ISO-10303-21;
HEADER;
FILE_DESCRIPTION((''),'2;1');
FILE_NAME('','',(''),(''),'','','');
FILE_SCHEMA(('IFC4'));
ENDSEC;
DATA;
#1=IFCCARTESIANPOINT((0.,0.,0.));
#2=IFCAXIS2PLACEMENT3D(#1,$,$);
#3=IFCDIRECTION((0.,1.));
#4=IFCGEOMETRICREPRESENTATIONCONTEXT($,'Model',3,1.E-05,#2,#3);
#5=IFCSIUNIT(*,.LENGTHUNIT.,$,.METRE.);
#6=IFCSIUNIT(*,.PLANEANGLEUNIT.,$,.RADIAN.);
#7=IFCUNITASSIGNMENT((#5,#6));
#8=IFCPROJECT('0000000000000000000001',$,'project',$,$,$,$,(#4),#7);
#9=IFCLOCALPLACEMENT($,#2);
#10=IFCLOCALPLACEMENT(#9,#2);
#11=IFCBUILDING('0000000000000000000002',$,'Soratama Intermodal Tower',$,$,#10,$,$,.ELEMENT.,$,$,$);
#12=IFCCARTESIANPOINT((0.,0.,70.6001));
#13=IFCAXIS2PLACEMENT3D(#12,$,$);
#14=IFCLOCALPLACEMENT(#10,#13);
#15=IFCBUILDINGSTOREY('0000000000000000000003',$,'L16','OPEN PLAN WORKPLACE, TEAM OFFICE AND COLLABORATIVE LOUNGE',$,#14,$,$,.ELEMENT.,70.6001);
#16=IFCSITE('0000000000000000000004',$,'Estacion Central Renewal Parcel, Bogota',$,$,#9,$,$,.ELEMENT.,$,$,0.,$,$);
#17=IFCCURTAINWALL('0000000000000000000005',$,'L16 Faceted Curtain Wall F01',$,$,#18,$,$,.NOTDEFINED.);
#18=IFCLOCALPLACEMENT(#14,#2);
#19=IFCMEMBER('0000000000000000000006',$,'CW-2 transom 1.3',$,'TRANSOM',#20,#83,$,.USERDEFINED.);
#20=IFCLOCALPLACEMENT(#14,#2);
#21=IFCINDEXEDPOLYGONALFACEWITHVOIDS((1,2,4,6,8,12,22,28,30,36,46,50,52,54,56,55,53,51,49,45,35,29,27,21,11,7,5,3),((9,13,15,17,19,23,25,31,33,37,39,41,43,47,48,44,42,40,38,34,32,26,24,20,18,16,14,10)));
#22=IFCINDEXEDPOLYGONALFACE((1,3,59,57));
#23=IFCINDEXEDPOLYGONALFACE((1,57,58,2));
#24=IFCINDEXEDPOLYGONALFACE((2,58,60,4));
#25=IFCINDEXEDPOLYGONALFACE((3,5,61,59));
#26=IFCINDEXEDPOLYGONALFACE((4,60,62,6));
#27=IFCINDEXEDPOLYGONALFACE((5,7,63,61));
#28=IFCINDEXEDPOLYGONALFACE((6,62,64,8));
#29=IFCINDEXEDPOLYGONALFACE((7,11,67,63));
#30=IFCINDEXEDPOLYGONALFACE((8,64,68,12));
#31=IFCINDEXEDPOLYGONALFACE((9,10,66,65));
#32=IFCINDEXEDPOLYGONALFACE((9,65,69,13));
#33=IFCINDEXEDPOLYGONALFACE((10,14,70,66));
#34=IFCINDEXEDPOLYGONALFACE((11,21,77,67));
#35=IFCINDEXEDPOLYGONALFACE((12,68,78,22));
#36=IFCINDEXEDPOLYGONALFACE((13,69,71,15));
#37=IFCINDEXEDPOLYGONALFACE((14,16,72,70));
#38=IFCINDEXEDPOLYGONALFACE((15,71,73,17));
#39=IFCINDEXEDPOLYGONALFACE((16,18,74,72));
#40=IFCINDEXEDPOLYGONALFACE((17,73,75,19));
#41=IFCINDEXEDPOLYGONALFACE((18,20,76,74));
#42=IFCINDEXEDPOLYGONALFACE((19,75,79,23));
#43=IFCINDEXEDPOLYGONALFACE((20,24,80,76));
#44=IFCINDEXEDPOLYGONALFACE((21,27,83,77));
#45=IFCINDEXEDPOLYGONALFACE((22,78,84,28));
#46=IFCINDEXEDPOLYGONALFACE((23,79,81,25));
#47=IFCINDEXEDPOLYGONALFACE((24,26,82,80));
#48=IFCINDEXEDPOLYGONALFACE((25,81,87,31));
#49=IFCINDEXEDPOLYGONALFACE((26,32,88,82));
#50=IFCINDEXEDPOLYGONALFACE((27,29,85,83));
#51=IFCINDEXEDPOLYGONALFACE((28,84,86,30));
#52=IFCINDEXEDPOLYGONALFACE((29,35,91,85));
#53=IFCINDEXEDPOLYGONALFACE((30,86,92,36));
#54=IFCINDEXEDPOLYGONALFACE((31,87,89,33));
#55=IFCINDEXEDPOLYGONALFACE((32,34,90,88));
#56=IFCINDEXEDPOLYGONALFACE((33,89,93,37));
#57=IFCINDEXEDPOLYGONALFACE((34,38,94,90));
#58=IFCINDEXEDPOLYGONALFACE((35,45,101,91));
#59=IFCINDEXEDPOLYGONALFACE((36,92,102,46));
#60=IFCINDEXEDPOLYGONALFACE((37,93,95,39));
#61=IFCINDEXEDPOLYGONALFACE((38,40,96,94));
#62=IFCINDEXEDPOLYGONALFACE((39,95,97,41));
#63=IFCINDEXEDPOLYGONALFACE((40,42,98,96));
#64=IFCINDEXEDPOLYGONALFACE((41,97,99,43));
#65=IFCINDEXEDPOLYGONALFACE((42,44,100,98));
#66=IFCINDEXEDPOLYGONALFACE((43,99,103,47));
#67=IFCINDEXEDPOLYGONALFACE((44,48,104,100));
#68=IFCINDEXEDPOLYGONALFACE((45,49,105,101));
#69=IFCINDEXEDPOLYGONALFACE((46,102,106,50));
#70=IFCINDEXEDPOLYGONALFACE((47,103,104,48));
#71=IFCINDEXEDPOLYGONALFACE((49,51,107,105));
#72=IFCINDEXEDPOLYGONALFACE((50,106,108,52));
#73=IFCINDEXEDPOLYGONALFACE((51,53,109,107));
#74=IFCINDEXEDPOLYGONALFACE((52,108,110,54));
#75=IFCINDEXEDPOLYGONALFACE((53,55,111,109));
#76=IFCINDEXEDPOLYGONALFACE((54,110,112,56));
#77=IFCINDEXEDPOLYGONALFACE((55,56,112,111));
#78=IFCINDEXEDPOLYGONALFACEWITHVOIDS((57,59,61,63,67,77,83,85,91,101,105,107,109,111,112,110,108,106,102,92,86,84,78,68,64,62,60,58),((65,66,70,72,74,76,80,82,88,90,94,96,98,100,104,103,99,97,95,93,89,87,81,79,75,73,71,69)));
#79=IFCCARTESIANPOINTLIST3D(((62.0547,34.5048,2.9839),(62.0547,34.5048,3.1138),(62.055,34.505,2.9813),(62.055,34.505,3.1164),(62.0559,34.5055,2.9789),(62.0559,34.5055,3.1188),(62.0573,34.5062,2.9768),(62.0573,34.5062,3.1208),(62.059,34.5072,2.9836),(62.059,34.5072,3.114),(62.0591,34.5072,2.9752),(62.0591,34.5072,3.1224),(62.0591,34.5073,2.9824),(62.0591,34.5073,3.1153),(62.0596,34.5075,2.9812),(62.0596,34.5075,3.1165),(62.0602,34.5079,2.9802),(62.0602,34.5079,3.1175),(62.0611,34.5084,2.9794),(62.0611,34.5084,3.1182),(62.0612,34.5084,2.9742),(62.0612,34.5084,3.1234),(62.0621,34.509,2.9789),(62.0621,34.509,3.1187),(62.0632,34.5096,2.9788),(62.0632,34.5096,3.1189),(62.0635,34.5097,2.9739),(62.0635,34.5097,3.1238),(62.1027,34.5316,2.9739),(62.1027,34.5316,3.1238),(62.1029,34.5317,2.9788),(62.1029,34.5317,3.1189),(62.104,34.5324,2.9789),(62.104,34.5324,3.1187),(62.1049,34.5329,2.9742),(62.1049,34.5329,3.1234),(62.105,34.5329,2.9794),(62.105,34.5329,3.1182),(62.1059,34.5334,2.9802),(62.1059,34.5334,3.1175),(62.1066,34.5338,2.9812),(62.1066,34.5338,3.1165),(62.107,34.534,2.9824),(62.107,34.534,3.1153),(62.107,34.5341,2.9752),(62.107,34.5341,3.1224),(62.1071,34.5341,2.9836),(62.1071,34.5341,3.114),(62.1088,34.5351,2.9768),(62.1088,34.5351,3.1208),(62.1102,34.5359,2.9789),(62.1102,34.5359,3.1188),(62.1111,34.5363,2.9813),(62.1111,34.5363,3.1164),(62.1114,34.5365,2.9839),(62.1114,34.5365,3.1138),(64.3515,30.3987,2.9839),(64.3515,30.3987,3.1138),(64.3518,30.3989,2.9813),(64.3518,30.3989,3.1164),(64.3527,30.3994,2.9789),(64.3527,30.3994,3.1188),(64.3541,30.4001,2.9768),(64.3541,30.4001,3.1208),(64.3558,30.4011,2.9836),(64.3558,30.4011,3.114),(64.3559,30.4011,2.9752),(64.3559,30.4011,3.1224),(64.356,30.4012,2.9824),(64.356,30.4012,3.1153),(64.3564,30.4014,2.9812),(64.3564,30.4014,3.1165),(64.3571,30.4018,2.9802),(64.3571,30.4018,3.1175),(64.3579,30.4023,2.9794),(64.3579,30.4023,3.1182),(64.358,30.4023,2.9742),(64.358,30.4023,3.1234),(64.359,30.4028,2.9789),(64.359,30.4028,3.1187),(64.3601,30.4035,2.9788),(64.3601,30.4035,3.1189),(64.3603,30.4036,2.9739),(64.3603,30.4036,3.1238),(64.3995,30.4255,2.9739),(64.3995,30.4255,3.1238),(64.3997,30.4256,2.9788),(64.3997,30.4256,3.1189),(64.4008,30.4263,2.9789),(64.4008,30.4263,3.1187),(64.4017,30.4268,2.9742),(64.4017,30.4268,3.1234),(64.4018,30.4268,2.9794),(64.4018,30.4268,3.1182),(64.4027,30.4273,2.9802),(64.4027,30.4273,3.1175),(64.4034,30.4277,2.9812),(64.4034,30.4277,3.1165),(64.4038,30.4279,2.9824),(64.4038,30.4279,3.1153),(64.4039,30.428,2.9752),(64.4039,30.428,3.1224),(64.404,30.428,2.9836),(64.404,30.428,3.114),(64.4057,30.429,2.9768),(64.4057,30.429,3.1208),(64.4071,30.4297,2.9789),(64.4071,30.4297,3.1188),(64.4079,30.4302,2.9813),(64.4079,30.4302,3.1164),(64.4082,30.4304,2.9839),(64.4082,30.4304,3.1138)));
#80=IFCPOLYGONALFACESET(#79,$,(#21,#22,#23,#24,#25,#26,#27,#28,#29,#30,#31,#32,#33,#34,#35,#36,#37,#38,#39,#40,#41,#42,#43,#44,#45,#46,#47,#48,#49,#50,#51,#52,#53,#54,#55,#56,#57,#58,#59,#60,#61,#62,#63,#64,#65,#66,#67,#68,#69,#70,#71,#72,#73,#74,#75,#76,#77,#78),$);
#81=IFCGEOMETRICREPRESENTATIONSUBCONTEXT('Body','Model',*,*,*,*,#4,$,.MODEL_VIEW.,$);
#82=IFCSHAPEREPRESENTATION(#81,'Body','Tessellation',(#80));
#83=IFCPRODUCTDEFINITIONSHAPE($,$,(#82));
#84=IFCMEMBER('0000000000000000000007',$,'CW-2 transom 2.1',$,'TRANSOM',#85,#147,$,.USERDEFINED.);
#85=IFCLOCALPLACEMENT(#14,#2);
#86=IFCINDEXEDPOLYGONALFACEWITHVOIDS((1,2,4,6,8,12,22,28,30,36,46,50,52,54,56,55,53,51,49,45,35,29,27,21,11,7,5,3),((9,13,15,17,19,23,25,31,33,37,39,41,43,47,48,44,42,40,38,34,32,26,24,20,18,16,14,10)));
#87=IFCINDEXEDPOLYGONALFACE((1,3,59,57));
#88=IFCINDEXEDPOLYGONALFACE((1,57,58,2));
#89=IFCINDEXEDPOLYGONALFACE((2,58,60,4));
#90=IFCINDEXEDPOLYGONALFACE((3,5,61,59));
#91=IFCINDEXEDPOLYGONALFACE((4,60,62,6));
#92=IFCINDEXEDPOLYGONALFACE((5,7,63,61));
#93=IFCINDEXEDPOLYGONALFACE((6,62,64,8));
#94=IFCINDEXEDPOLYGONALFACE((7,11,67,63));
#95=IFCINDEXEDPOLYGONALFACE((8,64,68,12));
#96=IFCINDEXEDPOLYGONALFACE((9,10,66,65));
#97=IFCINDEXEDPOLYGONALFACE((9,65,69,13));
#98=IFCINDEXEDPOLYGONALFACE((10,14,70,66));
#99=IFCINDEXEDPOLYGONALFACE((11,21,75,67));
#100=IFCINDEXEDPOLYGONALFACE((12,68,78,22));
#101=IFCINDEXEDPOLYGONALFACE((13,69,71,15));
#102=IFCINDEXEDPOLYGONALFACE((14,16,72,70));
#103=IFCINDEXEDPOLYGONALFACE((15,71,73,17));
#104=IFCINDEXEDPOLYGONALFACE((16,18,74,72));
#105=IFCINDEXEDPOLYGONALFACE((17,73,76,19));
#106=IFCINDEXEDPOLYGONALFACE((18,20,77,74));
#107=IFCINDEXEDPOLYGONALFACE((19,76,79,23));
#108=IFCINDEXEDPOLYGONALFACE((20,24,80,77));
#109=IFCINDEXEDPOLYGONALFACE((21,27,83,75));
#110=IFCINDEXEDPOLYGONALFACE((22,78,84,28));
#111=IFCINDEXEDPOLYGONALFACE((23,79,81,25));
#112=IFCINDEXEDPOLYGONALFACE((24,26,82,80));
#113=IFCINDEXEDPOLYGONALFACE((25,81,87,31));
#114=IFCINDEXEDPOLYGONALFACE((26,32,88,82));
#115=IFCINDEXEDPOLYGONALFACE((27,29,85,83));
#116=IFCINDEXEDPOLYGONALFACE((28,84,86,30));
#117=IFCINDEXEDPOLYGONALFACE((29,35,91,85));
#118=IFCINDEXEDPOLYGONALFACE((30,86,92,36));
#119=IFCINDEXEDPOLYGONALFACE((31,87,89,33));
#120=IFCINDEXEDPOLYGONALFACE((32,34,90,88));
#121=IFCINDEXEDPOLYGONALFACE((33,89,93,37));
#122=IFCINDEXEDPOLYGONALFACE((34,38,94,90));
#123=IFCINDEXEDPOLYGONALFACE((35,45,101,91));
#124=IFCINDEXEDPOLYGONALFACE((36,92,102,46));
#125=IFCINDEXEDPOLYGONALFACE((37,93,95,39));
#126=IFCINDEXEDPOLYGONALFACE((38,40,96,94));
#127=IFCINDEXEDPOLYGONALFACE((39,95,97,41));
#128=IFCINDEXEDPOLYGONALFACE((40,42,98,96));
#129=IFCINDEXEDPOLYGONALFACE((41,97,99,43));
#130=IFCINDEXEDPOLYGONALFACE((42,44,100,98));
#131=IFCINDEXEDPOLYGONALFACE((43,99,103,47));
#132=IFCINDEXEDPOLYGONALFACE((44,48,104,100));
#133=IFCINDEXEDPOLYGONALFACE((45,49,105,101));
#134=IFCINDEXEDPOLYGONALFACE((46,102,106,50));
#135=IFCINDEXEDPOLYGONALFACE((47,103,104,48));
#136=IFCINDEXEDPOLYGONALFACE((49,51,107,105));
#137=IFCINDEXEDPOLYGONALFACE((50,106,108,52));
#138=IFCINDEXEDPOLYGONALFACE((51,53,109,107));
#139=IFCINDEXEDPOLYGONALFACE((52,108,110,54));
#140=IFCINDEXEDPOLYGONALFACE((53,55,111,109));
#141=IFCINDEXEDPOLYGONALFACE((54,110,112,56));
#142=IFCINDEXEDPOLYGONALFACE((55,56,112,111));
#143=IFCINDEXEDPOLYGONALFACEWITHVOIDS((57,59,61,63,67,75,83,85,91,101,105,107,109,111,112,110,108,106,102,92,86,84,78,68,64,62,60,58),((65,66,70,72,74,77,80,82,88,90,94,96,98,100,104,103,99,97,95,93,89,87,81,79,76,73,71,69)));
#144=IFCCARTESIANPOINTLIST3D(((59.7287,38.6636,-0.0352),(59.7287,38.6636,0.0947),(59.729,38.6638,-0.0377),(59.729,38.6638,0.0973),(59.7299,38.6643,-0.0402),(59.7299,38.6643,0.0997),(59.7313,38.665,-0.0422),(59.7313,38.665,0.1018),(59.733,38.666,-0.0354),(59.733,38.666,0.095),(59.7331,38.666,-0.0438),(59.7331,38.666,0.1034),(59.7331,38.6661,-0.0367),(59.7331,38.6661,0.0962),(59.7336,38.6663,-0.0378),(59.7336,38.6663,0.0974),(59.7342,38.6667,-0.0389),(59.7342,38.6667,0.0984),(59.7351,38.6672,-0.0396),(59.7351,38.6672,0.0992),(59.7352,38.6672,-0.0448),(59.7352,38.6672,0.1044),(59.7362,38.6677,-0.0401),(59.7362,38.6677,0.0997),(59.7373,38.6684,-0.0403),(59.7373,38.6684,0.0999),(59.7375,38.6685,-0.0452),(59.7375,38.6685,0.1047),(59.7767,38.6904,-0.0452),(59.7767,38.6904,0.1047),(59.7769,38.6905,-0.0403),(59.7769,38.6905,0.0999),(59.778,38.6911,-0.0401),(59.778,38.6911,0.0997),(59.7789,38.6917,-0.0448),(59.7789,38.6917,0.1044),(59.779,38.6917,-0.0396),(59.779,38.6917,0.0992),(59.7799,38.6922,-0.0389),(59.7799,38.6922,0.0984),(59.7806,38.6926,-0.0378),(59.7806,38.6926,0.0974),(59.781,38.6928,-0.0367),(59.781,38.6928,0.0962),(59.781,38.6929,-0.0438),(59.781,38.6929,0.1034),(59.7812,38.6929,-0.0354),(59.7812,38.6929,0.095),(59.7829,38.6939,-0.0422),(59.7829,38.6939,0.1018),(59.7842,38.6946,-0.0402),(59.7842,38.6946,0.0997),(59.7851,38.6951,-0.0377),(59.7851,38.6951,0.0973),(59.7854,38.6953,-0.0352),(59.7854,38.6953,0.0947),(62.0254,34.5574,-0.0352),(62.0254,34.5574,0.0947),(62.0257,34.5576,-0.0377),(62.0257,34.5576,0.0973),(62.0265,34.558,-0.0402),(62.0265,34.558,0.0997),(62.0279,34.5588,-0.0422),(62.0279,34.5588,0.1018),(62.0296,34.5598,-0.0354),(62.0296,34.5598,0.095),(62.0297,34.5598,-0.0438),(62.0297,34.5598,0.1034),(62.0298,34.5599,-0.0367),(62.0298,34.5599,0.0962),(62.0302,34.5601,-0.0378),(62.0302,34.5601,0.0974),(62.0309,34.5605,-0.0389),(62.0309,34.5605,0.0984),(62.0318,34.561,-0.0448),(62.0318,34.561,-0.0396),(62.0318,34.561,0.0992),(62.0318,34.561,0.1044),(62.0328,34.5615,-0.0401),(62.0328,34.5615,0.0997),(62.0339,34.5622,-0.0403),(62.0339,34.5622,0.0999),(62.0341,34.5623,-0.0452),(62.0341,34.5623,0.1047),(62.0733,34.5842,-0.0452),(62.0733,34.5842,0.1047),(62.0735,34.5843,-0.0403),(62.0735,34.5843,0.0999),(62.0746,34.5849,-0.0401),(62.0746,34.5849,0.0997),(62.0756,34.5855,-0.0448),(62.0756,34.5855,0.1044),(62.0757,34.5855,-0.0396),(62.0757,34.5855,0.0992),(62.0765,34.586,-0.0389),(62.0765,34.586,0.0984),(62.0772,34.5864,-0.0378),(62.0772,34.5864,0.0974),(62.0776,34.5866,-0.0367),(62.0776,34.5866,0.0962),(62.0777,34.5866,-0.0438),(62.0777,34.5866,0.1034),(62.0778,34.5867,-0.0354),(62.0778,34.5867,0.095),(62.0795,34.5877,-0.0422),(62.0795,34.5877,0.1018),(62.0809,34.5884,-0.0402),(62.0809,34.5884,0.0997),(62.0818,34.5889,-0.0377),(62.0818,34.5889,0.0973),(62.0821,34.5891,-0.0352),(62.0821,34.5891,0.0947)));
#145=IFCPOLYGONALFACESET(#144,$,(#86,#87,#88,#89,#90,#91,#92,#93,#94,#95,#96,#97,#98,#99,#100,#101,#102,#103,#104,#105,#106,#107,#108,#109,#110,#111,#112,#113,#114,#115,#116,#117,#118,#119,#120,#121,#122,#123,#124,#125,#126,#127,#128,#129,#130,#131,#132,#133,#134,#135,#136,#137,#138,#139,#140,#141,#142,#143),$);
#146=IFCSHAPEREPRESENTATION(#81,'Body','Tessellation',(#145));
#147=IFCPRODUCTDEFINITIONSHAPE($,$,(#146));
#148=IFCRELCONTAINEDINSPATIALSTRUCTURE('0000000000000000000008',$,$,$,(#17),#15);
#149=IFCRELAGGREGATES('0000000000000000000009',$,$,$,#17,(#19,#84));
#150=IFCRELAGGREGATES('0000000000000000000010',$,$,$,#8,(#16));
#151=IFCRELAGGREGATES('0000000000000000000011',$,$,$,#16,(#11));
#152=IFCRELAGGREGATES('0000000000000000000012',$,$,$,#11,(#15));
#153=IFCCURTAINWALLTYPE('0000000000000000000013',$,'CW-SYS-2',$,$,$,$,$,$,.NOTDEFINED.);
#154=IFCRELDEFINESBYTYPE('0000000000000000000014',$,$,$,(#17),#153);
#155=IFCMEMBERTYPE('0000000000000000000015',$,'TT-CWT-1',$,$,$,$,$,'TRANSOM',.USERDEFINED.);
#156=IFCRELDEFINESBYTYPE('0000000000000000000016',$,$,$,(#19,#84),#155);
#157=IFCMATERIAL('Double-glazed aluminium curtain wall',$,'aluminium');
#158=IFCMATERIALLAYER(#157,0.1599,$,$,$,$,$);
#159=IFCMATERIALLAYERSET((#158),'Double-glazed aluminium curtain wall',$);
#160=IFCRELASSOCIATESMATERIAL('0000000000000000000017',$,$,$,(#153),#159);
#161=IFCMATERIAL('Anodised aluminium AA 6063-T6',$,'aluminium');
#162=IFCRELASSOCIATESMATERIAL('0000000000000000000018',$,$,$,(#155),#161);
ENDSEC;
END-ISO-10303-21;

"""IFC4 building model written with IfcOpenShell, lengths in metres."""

from ifc_helpers import new_model, si_unit, direction, frame, origin, origin_2d, place, context, subcontext, project, spatial, hollow_rectangle, extrude, material, layer, layer_set, material_profile, profile_set, type_object, element, aggregate, save


model = new_model("IFC4")

# Units and contexts
model_context = context("Model", 3, precision=1e-05, world=origin(), true_north=direction((0.0, 1.0)))
body_context = subcontext(model_context, "Body", "Model", "MODEL_VIEW")
ifc_project = project(units=[si_unit("LENGTHUNIT", "METRE"), si_unit("PLANEANGLEUNIT", "RADIAN")], contexts=[model_context])

# Site, building, storey
site_placement = place(None, origin())
site = spatial("IfcSite", under=ifc_project, at=site_placement, Name="Estacion Central Renewal Parcel, Bogota", CompositionType="ELEMENT", RefElevation=0.0)
building_placement = place(site_placement, origin())
building = spatial("IfcBuilding", under=site, at=building_placement, Name="Soratama Intermodal Tower", CompositionType="ELEMENT")
storey_placement = place(building_placement, frame((0.0, 0.0, 70.6001)))
storey = spatial("IfcBuildingStorey", under=building, at=storey_placement, Name="L16", Description="OPEN PLAN WORKPLACE, TEAM OFFICE AND COLLABORATIVE LOUNGE", CompositionType="ELEMENT", Elevation=70.6001)

# Curtain wall, members
ifc_material_1 = material(Name="Double-glazed aluminium curtain wall", Category="aluminium")
ifc_layer_1 = layer(ifc_material_1, 0.1599)
ifc_layer_set_1 = layer_set([ifc_layer_1], Name="Double-glazed aluminium curtain wall")
curtain_wall_type = type_object("IfcCurtainWallType", Name="CW-SYS-2", PredefinedType="NOTDEFINED", material=ifc_layer_set_1)
curtain_wall_placement = place(storey_placement, origin())
curtain_wall = element("IfcCurtainWall", 1, at=curtain_wall_placement, inside=storey, type_object=curtain_wall_type, Name="L16 Faceted Curtain Wall F01", PredefinedType="NOTDEFINED")
ifc_material_2 = material(Name="Anodised aluminium AA 6063-T6", Category="aluminium")
ifc_material_profile_1 = material_profile(ifc_material_2, hollow_rectangle(XDim=0.0649, YDim=0.1499, WallThickness=0.0049, InnerFilletRadius=0.0049, OuterFilletRadius=0.01, at=origin_2d()), Name="CWT150X65X5")
ifc_profile_set_1 = profile_set([ifc_material_profile_1], Name="Anodised aluminium AA 6063-T6")
member_type_1 = type_object("IfcMemberType", Name="TT-CWT-1", ElementType="TRANSOM", PredefinedType="USERDEFINED", material=ifc_profile_set_1)
member_1_placement = place(storey_placement, frame((64.3799, 30.4146, 3.0488), z_axis=(-0.488183, 0.872741, 0.0), x_axis=(-0.872741, -0.488183, 0.0)))
member_1 = element("IfcMember", 2, at=member_1_placement, type_object=member_type_1, Name="CW-2 transom 1.3", ObjectType="TRANSOM", PredefinedType="USERDEFINED", context=body_context, shape_type="SweptSolid", body=[
    extrude(hollow_rectangle(XDim=0.0649, YDim=0.1499, WallThickness=0.0049, InnerFilletRadius=0.0049, OuterFilletRadius=0.01, at=origin_2d()), origin(), (0.0, 0.0, 1.0), 4.7048),
])
member_2_placement = place(storey_placement, frame((62.0537, 34.5732, 0.0298), z_axis=(-0.488143, 0.872763, 0.0), x_axis=(-0.872763, -0.488143, 0.0)))
member_2 = element("IfcMember", 3, at=member_2_placement, type_object=member_type_1, Name="CW-2 transom 2.1", ObjectType="TRANSOM", PredefinedType="USERDEFINED", context=body_context, shape_type="SweptSolid", body=[
    extrude(hollow_rectangle(XDim=0.0649, YDim=0.1499, WallThickness=0.0049, InnerFilletRadius=0.0049, OuterFilletRadius=0.01, at=origin_2d()), origin(), (0.0, 0.0, 1.0), 4.7048),
])
aggregate(curtain_wall, [member_1, member_2])

save(model, "model.ifc")
